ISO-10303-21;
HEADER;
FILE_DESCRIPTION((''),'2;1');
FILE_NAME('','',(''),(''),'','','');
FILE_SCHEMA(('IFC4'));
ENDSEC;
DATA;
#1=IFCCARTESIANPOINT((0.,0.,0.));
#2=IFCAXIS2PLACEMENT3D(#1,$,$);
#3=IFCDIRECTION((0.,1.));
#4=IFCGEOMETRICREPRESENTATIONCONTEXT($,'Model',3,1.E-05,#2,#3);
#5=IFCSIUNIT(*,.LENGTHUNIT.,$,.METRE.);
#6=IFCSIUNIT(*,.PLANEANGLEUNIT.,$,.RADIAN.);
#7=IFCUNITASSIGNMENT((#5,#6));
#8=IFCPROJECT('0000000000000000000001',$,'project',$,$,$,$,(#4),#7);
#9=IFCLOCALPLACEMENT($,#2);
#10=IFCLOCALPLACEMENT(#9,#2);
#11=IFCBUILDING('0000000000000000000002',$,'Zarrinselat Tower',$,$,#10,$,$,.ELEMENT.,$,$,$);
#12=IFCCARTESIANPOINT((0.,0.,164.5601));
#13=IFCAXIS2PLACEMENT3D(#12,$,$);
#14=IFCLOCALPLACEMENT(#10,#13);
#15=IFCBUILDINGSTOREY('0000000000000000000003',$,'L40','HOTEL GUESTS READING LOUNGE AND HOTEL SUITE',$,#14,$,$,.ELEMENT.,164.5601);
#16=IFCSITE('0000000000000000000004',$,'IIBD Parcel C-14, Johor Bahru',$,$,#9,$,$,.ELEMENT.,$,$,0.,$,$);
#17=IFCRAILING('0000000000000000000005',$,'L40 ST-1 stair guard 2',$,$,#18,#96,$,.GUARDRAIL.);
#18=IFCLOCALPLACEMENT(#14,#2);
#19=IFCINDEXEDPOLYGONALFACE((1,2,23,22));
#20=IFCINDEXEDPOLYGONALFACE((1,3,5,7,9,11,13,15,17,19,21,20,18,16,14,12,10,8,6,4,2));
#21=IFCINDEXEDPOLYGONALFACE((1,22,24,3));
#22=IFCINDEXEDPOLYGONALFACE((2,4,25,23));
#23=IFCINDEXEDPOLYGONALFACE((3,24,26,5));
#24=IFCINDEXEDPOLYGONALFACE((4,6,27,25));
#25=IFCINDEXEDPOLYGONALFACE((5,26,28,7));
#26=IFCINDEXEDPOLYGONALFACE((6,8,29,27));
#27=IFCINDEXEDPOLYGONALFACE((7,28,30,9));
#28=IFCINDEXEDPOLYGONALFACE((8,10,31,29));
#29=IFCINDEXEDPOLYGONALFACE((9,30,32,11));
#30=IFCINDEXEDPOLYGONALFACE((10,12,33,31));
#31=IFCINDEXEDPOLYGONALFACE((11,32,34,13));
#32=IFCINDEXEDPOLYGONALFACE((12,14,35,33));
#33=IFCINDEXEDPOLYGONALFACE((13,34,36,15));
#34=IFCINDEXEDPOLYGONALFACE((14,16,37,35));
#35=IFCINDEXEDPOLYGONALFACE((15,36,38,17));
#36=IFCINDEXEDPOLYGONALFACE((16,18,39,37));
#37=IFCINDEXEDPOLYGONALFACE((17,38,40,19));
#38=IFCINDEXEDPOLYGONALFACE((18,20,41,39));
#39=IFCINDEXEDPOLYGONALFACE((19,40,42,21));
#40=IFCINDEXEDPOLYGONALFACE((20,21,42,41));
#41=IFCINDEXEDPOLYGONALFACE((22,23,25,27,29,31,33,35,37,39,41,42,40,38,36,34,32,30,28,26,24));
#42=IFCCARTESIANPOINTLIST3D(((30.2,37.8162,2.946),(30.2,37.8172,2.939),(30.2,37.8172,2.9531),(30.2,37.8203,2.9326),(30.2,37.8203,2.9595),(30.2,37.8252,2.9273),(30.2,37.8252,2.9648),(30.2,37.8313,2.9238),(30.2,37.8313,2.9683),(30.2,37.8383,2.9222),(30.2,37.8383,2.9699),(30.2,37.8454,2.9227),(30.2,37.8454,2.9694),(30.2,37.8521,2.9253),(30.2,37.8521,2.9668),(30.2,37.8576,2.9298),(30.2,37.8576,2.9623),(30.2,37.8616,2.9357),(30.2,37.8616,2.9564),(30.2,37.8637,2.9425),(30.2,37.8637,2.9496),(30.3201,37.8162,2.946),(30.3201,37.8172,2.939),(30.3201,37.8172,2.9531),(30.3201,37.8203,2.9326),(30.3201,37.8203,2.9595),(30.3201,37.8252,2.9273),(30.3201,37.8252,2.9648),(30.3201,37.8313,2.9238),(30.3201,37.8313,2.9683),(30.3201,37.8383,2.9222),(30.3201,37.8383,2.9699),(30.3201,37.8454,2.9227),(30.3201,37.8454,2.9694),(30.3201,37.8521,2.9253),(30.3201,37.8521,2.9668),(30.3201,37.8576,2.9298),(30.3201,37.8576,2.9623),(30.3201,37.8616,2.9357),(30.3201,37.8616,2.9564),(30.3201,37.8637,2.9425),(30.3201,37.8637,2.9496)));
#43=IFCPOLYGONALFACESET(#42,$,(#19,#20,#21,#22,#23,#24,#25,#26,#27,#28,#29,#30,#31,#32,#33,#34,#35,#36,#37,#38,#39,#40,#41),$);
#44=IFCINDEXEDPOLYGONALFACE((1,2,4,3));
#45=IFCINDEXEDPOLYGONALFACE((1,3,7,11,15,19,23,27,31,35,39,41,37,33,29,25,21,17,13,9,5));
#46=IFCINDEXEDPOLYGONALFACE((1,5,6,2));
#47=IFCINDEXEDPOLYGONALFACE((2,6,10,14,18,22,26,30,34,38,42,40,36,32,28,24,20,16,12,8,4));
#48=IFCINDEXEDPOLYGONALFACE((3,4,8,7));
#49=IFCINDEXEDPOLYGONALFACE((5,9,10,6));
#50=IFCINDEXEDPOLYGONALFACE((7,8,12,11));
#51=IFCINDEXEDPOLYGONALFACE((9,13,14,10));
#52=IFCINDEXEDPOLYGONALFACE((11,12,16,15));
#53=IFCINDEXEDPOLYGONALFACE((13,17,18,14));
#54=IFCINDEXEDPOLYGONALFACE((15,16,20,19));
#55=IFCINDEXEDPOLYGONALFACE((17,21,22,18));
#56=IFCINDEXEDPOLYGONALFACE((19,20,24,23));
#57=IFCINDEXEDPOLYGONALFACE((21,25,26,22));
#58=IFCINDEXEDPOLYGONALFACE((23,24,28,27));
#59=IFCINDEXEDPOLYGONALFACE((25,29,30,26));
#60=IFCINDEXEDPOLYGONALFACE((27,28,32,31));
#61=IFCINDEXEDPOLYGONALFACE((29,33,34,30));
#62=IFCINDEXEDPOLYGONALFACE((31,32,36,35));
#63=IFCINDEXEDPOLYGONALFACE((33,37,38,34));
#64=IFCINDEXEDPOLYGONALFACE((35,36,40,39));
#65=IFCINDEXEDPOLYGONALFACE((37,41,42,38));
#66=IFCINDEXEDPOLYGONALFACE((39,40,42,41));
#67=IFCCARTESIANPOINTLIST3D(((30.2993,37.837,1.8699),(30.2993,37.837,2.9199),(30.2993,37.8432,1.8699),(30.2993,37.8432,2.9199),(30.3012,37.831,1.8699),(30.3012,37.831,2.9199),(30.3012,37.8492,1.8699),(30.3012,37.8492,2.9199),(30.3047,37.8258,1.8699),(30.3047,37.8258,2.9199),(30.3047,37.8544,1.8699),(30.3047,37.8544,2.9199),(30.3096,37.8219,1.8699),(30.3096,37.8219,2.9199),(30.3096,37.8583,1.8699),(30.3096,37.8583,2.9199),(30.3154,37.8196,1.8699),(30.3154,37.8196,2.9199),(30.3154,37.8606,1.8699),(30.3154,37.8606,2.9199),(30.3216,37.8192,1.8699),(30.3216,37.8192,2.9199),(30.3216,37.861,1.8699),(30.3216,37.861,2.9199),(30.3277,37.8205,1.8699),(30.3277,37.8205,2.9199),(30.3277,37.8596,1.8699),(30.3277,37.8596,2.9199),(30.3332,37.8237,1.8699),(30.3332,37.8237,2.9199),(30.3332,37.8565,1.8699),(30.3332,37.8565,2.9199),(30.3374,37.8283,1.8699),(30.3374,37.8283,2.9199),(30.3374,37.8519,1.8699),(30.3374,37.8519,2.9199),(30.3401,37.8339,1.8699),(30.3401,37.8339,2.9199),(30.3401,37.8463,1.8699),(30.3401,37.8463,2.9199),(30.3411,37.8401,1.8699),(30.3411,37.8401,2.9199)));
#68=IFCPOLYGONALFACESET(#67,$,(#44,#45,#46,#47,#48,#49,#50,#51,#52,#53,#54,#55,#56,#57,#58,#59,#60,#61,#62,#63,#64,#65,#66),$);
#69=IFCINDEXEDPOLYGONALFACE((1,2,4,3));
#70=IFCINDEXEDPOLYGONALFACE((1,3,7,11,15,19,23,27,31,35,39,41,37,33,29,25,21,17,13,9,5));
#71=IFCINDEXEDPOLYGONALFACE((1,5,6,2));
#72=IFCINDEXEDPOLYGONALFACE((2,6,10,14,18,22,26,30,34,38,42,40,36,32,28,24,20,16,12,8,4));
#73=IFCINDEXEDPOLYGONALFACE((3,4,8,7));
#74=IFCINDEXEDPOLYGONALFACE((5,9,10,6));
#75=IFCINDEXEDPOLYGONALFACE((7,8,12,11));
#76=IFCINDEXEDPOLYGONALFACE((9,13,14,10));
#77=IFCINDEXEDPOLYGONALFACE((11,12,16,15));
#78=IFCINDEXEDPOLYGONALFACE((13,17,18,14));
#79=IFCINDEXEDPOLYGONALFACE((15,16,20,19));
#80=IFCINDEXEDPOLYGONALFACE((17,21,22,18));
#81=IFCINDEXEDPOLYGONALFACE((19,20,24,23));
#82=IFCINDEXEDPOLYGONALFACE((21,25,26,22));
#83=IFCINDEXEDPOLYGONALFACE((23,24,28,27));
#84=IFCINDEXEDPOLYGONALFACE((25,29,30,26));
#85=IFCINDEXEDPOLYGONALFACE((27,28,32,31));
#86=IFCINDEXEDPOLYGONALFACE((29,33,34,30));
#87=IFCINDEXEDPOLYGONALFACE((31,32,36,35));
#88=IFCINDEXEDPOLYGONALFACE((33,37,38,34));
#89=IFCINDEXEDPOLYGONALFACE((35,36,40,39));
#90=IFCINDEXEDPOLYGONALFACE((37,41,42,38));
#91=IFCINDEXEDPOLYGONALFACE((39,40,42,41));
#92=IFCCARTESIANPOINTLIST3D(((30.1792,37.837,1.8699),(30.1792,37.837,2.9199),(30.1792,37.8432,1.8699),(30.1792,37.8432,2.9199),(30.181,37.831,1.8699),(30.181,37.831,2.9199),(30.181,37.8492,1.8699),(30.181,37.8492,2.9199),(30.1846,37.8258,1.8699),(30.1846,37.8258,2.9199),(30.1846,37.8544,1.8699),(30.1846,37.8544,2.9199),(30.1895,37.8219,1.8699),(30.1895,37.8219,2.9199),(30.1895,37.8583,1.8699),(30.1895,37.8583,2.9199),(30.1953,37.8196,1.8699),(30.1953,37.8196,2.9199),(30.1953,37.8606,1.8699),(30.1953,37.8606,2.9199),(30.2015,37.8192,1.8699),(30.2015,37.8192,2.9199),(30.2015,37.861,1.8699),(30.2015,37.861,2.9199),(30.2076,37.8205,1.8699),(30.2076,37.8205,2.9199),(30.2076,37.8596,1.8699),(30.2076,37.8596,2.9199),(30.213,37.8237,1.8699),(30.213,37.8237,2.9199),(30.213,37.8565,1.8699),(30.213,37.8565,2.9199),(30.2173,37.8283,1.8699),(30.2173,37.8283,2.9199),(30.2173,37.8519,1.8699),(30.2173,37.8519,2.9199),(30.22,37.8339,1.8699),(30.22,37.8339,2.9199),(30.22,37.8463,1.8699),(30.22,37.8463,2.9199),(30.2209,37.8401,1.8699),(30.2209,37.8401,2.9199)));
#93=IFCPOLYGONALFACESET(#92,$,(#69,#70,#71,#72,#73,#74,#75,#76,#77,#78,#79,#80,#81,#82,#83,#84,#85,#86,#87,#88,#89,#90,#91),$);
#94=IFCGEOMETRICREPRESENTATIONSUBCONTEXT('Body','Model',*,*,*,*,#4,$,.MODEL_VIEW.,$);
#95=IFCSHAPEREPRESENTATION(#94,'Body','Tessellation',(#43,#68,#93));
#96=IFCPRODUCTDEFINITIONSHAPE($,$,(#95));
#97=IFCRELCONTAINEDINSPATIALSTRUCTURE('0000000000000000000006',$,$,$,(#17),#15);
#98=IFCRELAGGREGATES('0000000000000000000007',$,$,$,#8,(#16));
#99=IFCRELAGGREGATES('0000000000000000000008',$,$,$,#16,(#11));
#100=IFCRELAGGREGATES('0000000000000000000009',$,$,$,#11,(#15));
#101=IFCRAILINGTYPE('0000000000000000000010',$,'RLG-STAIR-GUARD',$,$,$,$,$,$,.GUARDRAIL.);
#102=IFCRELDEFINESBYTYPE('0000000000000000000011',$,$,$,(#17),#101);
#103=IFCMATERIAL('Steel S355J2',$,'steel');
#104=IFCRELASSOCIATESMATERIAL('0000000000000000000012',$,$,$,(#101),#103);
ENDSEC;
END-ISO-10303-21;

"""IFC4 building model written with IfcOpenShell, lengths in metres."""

from ifc_helpers import new_model, si_unit, direction, frame, origin, origin_2d, place, context, subcontext, project, spatial, circle, extrude, material, type_object, element, save


model = new_model("IFC4")

# Units and contexts
model_context = context("Model", 3, precision=1e-05, world=origin(), true_north=direction((0.0, 1.0)))
body_context = subcontext(model_context, "Body", "Model", "MODEL_VIEW")
ifc_project = project(units=[si_unit("LENGTHUNIT", "METRE"), si_unit("PLANEANGLEUNIT", "RADIAN")], contexts=[model_context])

# Site, building, storey
site_placement = place(None, origin())
site = spatial("IfcSite", under=ifc_project, at=site_placement, Name="IIBD Parcel C-14, Johor Bahru", CompositionType="ELEMENT", RefElevation=0.0)
building_placement = place(site_placement, origin())
building = spatial("IfcBuilding", under=site, at=building_placement, Name="Zarrinselat Tower", CompositionType="ELEMENT")
storey_placement = place(building_placement, frame((0.0, 0.0, 164.5601)))
storey = spatial("IfcBuildingStorey", under=building, at=storey_placement, Name="L40", Description="HOTEL GUESTS READING LOUNGE AND HOTEL SUITE", CompositionType="ELEMENT", Elevation=164.5601)

# Railing
ifc_material_1 = material(Name="Steel S355J2", Category="steel")
railing_type_1 = type_object("IfcRailingType", Name="RLG-STAIR-GUARD", PredefinedType="GUARDRAIL", material=ifc_material_1)
railing_1_placement = place(storey_placement, frame((30.3201, 37.8401, 1.8699)))
element("IfcRailing", 1, at=railing_1_placement, inside=storey, type_object=railing_type_1, Name="L40 ST-1 stair guard 2", PredefinedType="GUARDRAIL", context=body_context, shape_type="SweptSolid", body=[
    extrude(circle(Radius=0.0239, at=origin_2d()), frame((0.0, 0.0, 1.0762), z_axis=(-1.0, 0.0, 0.0), x_axis=(0.0, -1.0, 0.0)), (0.0, 0.0, 1.0), 0.1201),
    extrude(circle(Radius=0.021, at=origin_2d()), origin(), (0.0, 0.0, 1.0), 1.05),
    extrude(circle(Radius=0.021, at=origin_2d()), frame((-0.1201, 0.0, 0.0)), (0.0, 0.0, 1.0), 1.05),
])

save(model, "model.ifc")
